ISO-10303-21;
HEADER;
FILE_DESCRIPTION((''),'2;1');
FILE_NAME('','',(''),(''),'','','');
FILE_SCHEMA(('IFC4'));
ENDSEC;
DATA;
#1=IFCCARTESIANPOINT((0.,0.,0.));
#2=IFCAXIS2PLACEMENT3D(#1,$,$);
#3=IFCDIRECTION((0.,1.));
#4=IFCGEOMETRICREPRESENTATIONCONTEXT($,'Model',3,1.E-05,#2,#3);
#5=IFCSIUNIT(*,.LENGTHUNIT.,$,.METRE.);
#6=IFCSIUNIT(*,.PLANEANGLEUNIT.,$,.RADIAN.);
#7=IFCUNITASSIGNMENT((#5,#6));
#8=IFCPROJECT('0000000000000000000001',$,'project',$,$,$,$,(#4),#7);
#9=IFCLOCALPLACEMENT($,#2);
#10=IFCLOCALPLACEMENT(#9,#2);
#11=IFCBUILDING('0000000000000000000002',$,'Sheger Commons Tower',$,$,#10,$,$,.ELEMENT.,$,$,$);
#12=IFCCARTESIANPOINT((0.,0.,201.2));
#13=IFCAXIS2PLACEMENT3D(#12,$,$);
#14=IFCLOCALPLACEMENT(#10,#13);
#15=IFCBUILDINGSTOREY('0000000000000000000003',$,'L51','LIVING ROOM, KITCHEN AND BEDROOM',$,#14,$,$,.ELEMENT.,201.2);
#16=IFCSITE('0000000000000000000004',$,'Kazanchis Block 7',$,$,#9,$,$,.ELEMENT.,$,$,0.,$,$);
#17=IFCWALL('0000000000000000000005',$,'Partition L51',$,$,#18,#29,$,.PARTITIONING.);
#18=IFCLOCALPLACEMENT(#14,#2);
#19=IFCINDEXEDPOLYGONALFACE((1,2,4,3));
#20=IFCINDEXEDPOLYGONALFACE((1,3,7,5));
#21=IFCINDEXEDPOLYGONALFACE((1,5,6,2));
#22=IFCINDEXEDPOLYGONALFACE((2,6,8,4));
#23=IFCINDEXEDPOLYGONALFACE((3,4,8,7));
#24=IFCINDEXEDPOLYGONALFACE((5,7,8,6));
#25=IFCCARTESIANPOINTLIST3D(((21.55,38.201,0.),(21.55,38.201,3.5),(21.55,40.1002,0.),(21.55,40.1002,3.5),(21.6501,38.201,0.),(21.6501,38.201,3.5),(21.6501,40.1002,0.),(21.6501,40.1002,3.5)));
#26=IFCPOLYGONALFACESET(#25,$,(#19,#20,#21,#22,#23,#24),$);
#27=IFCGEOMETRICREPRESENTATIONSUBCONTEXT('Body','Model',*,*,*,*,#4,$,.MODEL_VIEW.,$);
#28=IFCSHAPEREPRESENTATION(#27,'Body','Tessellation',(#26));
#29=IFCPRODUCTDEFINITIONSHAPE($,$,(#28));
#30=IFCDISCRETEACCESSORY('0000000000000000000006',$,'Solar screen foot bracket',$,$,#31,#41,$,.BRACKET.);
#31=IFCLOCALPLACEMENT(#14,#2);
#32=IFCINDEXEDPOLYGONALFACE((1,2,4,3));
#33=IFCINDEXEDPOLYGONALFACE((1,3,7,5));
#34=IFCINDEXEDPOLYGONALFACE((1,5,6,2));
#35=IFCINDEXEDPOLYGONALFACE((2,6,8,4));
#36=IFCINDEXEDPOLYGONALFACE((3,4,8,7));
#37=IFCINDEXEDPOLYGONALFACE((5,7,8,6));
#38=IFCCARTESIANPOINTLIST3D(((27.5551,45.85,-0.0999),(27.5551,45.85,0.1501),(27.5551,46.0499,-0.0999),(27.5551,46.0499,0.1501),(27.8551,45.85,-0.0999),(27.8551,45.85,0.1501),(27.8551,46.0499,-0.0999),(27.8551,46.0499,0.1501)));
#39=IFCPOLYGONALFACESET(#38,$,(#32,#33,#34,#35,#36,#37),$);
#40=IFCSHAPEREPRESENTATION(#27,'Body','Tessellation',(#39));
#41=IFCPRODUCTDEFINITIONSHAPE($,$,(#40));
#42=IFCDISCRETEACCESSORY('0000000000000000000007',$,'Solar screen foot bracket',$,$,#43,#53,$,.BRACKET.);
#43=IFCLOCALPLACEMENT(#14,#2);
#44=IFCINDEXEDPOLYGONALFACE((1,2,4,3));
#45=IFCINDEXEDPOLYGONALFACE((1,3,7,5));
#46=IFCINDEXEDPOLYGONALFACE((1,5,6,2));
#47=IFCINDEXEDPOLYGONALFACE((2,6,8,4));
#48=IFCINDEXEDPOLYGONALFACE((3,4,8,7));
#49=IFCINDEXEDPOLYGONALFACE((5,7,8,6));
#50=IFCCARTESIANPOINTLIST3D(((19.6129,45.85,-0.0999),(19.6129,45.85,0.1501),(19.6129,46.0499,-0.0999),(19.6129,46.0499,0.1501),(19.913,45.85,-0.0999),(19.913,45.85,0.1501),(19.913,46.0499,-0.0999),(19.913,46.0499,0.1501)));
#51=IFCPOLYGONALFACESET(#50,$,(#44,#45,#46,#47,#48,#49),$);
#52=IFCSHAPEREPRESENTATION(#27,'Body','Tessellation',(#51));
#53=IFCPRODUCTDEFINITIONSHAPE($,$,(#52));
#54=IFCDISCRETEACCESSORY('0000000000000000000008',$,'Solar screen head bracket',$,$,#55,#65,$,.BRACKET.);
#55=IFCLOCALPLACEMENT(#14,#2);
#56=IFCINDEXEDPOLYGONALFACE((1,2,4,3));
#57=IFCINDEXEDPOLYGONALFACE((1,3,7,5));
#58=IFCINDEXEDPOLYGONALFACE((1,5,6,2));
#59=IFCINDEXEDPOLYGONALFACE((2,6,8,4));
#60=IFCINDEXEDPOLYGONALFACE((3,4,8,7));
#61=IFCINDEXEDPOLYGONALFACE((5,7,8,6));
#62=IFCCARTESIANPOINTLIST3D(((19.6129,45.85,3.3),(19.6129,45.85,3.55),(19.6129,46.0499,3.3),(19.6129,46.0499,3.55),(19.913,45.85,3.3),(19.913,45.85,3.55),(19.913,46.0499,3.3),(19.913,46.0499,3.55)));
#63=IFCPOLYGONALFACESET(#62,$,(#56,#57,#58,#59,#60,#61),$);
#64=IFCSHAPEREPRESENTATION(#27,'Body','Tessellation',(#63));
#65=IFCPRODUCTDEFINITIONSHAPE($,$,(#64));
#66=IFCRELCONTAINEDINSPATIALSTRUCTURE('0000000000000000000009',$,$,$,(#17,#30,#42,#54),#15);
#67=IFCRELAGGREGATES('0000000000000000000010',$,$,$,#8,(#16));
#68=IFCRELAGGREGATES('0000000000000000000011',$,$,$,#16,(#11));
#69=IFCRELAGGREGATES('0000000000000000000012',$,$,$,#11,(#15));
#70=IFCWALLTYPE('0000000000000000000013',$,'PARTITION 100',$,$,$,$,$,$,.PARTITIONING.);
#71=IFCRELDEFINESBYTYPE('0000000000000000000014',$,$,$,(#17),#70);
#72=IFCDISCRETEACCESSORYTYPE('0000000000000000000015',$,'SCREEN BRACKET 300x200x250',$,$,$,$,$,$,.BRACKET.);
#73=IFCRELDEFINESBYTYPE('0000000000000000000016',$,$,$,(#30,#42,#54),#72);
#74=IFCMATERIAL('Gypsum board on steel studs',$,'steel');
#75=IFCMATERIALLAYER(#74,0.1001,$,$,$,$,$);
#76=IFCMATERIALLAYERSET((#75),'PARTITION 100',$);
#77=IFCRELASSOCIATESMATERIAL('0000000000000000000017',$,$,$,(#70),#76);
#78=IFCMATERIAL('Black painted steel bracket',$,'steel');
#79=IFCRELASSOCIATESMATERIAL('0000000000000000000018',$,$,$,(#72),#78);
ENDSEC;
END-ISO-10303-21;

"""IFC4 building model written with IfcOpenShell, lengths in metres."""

from ifc_helpers import new_model, si_unit, direction, frame, frame_2d, origin, origin_2d, place, context, subcontext, project, spatial, rectangle, extrude, material, layer, layer_set, type_object, element, save


model = new_model("IFC4")

# Units and contexts
model_context = context("Model", 3, precision=1e-05, world=origin(), true_north=direction((0.0, 1.0)))
body_context = subcontext(model_context, "Body", "Model", "MODEL_VIEW")
ifc_project = project(units=[si_unit("LENGTHUNIT", "METRE"), si_unit("PLANEANGLEUNIT", "RADIAN")], contexts=[model_context])

# Site, building, storey
site_placement = place(None, origin())
site = spatial("IfcSite", under=ifc_project, at=site_placement, Name="Kazanchis Block 7", CompositionType="ELEMENT", RefElevation=0.0)
building_placement = place(site_placement, origin())
building = spatial("IfcBuilding", under=site, at=building_placement, Name="Sheger Commons Tower", CompositionType="ELEMENT")
storey_placement = place(building_placement, frame((0.0, 0.0, 201.2)))
storey = spatial("IfcBuildingStorey", under=building, at=storey_placement, Name="L51", Description="LIVING ROOM, KITCHEN AND BEDROOM", CompositionType="ELEMENT", Elevation=201.2)

# Shared definitions
ifc_material_1 = material(Name="Gypsum board on steel studs", Category="steel")
ifc_layer_1 = layer(ifc_material_1, 0.1001)
ifc_layer_set_1 = layer_set([ifc_layer_1], Name="PARTITION 100")
wall_type = type_object("IfcWallType", Name="PARTITION 100", PredefinedType="PARTITIONING", material=ifc_layer_set_1)

# Wall
wall_1_placement = place(storey_placement, frame((21.6001, 38.2009, 0.0), z_axis=(0.0, 0.0, 1.0), x_axis=(0.0, 1.0, 0.0)))
element("IfcWall", 1, at=wall_1_placement, inside=storey, type_object=wall_type, Name="Partition L51", PredefinedType="PARTITIONING", context=body_context, shape_type="SweptSolid", body=[
    extrude(rectangle(XDim=1.8992, YDim=0.1001, at=frame_2d((0.9497, 0.0))), origin(), (0.0, 0.0, 1.0), 3.5),
])

# Discrete accessories
ifc_material_2 = material(Name="Black painted steel bracket", Category="steel")
discrete_accessory_type = type_object("IfcDiscreteAccessoryType", Name="SCREEN BRACKET 300x200x250", PredefinedType="BRACKET", material=ifc_material_2)
for number, where, z_axis, x_axis, name in (
    (2, (27.7051, 45.95, -0.0999), (0.0, 0.0, 1.0), (-1.0, 0.0, 0.0), "Solar screen foot bracket"),
    (3, (19.7629, 45.95, -0.0999), (0.0, 0.0, 1.0), (-1.0, 0.0, 0.0), "Solar screen foot bracket"),
    (4, (19.7629, 45.95, 3.3), (0.0, 0.0, 1.0), (-1.0, 0.0, 0.0), "Solar screen head bracket"),
):
    element("IfcDiscreteAccessory", number, at=place(storey_placement, frame(where, z_axis=z_axis, x_axis=x_axis)), inside=storey, type_object=discrete_accessory_type, Name=name, PredefinedType="BRACKET", context=body_context, shape_type="SweptSolid", body=[
        extrude(rectangle(XDim=0.3, YDim=0.2, at=origin_2d()), origin(), (0.0, 0.0, 1.0), 0.25),
    ])

save(model, "model.ifc")
